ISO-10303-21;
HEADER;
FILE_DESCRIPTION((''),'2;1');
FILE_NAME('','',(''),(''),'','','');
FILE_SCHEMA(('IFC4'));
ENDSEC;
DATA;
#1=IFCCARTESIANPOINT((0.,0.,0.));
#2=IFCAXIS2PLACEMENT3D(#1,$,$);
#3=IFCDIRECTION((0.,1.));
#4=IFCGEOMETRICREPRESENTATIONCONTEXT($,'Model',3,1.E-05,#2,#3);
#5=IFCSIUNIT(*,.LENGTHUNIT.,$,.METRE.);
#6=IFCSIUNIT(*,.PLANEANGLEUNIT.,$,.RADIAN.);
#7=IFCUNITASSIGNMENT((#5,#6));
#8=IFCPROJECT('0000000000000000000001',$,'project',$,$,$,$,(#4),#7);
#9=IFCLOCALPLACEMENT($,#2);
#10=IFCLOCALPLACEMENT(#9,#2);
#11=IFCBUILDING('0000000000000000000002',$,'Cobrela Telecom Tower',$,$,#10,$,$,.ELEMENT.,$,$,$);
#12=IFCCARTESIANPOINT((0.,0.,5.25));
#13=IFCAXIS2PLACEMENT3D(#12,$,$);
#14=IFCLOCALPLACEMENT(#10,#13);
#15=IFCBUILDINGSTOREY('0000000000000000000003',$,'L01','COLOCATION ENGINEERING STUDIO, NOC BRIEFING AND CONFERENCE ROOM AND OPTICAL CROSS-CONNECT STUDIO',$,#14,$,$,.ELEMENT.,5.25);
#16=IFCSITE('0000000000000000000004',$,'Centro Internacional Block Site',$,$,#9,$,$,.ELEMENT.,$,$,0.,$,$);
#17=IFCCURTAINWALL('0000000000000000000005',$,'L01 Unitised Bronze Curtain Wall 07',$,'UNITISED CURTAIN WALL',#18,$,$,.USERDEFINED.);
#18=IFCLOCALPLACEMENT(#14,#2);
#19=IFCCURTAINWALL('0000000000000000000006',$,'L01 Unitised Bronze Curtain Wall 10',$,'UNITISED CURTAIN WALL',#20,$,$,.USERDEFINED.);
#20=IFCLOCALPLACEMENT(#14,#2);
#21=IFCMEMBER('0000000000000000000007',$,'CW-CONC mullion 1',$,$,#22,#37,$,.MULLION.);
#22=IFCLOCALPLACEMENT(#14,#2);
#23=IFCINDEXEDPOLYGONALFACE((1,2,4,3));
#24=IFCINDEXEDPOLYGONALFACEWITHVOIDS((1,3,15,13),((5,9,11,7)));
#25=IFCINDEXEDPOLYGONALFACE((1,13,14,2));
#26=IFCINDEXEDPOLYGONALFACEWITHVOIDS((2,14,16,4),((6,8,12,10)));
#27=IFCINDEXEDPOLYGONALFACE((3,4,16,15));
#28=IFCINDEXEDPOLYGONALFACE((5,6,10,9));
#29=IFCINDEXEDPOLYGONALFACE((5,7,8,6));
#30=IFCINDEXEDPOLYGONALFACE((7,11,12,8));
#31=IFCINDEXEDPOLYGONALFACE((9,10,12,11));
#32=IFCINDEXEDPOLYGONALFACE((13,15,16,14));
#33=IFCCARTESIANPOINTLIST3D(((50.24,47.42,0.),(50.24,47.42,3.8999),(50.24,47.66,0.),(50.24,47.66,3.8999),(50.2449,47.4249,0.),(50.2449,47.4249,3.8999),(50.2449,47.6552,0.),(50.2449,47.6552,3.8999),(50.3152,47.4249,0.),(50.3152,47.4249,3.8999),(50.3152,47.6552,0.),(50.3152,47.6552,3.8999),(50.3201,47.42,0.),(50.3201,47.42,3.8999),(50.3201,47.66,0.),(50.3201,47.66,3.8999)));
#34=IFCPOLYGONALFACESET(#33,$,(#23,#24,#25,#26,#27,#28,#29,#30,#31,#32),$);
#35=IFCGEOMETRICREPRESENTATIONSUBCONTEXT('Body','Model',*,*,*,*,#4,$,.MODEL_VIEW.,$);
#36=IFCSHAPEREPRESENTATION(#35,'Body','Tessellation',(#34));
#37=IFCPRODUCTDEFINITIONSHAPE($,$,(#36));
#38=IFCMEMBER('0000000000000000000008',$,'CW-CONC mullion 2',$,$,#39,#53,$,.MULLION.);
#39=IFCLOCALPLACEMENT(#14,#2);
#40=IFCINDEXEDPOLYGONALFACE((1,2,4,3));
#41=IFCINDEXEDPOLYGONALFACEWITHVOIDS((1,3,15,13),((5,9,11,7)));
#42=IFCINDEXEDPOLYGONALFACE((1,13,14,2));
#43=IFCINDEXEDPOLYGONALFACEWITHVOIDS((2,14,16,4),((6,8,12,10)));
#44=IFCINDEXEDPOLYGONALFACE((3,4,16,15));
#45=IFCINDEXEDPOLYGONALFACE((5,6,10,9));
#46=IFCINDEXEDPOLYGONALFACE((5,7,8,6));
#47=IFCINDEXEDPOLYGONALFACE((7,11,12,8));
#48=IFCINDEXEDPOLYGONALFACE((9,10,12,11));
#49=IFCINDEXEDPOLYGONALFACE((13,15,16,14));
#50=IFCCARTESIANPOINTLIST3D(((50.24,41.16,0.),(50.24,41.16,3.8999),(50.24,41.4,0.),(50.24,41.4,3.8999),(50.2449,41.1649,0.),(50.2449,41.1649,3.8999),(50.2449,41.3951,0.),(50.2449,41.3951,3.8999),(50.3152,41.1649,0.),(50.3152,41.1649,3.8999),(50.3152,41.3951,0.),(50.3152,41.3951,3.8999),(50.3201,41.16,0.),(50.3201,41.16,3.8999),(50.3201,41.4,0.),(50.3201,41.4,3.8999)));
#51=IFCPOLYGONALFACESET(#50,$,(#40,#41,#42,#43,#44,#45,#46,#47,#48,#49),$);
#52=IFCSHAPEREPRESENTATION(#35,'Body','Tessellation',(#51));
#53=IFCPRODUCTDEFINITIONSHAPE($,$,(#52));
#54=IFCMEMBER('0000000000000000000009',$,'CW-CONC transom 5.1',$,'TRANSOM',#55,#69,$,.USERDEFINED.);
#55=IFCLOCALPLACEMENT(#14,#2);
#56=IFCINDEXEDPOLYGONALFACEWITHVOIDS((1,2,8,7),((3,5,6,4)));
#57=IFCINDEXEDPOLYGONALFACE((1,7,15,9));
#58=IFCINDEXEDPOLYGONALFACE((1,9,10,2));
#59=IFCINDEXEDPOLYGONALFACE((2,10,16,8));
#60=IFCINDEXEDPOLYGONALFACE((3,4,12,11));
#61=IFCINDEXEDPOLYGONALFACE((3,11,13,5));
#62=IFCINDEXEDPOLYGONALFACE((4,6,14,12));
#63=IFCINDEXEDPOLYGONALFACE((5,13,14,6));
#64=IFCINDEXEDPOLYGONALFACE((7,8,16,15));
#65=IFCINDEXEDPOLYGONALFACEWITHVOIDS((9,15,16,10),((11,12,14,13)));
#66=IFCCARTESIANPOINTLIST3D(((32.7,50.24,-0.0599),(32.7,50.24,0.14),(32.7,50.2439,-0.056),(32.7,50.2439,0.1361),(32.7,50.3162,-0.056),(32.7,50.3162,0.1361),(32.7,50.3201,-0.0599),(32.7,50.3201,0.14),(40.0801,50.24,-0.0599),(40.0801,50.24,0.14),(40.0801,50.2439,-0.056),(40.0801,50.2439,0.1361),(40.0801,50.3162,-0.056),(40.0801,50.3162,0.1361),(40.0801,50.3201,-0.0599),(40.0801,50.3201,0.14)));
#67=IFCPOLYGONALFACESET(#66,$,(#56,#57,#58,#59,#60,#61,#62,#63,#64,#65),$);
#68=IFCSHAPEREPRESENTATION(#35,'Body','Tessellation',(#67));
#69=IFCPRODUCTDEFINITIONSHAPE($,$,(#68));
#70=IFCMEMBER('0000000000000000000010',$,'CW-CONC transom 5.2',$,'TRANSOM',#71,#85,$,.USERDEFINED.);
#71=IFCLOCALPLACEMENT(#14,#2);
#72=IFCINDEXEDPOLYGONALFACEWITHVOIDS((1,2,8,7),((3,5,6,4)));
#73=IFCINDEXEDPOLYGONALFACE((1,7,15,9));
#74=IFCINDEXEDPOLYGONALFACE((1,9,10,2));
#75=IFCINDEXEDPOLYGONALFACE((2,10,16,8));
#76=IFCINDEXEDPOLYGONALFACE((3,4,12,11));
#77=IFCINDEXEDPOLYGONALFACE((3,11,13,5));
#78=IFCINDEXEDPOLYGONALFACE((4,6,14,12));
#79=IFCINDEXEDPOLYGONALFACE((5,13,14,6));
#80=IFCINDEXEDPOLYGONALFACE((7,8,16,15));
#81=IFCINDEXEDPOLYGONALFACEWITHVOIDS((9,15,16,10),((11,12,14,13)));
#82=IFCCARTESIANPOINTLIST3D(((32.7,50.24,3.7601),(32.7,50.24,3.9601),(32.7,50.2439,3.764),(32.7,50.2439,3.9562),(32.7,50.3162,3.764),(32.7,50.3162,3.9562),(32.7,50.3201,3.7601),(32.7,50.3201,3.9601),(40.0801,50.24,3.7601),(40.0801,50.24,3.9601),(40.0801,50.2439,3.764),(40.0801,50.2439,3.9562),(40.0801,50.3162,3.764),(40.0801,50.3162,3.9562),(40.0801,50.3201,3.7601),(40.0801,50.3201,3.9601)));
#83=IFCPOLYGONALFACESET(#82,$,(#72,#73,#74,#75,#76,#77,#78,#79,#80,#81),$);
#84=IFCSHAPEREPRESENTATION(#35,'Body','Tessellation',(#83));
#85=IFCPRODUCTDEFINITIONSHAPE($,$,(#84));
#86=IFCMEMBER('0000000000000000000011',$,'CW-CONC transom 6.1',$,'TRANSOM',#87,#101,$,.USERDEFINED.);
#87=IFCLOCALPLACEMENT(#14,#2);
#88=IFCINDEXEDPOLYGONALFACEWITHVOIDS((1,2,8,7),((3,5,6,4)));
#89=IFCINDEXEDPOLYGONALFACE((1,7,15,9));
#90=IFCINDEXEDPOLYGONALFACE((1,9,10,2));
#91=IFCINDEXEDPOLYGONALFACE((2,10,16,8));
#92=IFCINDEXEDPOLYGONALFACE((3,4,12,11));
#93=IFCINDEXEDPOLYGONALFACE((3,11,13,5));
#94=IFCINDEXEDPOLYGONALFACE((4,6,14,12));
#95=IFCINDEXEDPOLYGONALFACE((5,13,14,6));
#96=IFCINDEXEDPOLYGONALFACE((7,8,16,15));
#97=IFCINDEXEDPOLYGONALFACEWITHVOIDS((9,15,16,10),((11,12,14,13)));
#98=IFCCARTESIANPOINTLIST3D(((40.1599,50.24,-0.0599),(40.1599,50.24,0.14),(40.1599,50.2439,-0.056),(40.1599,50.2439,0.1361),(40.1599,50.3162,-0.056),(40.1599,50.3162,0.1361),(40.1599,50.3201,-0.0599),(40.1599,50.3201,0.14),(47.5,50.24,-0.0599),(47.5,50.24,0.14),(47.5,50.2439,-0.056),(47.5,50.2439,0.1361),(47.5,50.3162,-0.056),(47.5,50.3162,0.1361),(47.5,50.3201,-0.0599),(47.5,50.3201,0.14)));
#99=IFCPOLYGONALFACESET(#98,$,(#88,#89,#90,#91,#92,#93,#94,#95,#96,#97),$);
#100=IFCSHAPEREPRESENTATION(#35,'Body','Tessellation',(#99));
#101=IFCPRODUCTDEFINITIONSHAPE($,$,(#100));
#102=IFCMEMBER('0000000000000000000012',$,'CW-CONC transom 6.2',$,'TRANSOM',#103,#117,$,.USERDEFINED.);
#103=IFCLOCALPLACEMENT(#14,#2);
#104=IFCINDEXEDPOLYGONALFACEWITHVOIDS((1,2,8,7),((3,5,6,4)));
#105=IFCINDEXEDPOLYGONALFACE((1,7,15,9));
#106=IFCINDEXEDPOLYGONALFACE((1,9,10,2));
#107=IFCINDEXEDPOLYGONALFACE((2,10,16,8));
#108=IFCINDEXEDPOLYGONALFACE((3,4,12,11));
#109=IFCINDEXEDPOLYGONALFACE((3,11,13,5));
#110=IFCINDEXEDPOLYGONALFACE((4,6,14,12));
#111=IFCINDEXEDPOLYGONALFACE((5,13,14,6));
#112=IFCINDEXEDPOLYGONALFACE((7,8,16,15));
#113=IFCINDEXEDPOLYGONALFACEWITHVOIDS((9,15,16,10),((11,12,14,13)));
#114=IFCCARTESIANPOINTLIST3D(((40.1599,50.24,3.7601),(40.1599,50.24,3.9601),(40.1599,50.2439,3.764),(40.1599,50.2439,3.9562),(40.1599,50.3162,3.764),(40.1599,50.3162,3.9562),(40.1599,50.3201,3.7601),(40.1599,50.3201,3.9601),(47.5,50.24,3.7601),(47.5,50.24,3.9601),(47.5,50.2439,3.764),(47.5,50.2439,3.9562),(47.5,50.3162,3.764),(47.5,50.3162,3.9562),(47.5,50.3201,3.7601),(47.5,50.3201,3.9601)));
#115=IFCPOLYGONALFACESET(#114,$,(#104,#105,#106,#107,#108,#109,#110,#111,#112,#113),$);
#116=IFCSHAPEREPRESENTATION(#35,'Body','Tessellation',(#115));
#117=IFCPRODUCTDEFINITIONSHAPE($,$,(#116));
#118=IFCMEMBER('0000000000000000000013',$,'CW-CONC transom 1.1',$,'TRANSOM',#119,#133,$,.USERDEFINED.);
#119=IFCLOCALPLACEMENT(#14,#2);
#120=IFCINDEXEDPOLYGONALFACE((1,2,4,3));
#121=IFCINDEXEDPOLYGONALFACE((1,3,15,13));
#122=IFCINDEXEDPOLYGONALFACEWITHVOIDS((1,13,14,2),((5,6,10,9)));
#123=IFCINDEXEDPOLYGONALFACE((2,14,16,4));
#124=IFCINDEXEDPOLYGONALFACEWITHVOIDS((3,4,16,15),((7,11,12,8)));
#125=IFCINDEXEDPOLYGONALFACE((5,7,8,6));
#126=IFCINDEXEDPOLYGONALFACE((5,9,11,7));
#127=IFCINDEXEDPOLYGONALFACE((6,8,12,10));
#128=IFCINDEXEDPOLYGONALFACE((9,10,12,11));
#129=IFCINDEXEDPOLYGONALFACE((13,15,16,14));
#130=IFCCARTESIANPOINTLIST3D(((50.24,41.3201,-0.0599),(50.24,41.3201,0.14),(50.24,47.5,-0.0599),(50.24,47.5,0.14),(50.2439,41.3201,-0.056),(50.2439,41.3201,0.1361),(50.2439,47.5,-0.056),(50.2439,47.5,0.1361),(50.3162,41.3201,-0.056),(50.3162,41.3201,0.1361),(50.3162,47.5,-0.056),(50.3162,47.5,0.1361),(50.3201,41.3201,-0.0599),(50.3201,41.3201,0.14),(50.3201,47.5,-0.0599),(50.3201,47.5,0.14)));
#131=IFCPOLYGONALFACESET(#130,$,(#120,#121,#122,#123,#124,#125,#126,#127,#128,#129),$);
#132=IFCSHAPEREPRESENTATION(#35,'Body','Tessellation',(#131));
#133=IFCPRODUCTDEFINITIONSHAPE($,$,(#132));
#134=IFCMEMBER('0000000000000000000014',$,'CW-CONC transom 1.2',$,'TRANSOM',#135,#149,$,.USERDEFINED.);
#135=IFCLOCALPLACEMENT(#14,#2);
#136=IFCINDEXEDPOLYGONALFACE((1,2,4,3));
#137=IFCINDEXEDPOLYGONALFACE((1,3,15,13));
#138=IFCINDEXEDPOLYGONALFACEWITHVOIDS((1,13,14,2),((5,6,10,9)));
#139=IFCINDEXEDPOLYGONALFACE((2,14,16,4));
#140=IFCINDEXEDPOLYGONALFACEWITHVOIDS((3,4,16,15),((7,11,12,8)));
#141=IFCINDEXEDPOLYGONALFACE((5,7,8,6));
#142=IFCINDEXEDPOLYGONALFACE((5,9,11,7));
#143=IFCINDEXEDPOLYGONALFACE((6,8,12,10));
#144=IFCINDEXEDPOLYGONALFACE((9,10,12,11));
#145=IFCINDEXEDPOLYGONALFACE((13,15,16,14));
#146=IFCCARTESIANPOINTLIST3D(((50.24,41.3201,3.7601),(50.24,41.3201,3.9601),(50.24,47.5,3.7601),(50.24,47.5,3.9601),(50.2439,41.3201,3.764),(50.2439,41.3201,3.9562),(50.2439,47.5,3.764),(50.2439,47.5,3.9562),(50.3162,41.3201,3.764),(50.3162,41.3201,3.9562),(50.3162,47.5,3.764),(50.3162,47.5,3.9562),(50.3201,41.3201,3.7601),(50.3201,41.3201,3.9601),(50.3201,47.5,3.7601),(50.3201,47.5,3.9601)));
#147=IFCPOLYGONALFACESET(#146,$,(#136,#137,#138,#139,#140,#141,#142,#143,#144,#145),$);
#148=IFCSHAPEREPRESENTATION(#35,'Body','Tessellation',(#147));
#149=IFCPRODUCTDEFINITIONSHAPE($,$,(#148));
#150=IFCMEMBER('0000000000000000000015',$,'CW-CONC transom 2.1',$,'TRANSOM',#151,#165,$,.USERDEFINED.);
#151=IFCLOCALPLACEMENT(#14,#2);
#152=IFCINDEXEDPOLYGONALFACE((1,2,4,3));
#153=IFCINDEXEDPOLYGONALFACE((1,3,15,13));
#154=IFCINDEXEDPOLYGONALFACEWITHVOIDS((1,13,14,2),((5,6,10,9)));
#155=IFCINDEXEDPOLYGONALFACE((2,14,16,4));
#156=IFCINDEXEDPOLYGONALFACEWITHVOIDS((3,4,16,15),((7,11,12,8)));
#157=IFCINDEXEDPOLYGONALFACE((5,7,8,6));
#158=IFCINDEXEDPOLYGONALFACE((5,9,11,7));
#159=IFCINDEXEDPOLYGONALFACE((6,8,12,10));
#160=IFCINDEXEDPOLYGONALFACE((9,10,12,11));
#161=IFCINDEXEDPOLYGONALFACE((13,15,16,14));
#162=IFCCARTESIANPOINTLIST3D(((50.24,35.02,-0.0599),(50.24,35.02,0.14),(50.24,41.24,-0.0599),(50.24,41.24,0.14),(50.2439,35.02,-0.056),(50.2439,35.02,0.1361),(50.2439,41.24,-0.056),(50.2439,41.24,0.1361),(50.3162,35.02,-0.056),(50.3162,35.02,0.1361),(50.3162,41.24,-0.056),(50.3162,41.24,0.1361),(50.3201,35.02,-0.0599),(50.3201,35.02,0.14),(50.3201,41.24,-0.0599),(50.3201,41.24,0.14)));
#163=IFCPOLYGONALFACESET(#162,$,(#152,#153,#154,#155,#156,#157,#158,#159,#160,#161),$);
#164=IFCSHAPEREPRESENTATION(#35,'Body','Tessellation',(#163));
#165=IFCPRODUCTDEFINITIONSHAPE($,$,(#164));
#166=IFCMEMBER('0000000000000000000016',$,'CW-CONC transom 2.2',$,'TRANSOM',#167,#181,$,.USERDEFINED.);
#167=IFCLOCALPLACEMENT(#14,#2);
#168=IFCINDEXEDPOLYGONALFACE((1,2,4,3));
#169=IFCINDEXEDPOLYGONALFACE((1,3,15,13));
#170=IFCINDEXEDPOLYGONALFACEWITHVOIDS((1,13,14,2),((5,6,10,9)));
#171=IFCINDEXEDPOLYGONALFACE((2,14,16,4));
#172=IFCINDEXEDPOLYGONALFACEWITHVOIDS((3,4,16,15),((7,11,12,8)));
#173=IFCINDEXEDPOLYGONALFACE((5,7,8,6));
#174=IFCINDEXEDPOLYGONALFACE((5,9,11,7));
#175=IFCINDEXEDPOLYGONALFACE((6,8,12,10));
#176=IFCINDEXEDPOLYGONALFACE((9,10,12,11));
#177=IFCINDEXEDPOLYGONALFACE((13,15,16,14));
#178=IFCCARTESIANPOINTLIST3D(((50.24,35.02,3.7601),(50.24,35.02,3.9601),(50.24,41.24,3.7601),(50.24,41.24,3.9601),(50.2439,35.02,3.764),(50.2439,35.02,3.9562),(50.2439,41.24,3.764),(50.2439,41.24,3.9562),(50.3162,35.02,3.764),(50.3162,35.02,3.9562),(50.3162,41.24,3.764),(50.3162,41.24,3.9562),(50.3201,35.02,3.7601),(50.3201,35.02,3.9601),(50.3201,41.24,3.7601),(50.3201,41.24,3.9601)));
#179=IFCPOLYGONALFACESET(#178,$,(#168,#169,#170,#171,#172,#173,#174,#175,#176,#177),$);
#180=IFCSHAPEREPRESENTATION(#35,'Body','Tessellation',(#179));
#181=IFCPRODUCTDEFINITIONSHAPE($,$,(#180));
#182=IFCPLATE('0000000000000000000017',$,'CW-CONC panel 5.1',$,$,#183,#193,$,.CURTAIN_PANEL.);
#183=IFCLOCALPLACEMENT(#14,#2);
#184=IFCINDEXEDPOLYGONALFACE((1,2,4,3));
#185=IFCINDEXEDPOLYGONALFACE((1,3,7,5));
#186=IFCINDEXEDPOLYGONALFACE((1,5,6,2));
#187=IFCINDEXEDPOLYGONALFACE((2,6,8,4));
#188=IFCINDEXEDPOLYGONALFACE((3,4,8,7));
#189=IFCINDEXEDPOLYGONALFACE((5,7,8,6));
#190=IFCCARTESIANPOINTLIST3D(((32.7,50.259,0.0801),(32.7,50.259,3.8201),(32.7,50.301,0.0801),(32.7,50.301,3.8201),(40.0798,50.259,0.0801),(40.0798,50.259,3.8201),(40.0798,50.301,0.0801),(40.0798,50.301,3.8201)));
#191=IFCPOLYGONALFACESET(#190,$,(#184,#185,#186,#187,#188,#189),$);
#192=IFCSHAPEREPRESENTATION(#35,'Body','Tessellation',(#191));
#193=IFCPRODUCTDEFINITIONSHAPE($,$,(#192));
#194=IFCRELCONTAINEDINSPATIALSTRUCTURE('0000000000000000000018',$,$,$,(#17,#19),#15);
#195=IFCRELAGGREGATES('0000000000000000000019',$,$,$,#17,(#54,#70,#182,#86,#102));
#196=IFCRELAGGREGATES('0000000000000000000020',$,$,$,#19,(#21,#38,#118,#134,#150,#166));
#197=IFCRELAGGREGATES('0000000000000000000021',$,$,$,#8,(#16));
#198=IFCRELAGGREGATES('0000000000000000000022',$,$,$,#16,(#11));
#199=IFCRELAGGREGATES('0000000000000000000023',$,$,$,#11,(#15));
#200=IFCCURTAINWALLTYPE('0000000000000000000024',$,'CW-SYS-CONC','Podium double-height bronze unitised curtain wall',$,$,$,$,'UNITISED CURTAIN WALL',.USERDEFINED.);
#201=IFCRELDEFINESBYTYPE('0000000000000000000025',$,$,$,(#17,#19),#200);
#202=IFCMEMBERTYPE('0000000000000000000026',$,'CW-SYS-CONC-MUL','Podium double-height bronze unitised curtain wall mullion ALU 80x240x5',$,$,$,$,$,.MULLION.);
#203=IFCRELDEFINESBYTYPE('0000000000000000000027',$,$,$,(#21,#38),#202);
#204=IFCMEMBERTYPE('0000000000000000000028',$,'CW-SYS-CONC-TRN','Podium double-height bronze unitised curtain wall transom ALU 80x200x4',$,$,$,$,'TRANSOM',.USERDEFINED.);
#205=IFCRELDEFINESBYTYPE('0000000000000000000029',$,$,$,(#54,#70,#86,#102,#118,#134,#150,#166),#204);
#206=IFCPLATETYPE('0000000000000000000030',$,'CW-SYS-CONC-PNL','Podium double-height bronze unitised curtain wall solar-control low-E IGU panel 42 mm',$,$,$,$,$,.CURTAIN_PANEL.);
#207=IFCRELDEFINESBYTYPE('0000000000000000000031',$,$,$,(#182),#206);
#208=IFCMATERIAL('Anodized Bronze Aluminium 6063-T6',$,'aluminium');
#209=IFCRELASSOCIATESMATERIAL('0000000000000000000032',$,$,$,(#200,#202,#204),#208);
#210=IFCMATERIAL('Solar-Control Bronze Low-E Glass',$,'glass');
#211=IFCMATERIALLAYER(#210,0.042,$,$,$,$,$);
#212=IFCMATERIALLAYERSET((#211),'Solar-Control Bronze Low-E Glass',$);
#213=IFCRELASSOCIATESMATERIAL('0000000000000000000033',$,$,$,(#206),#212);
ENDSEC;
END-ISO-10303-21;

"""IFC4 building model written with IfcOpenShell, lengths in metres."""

from ifc_helpers import new_model, si_unit, direction, frame, origin, origin_2d, place, context, subcontext, project, spatial, rectangle, hollow_rectangle, extrude, material, layer, layer_set, material_profile, profile_set, type_object, element, aggregate, save


model = new_model("IFC4")

# Units and contexts
model_context = context("Model", 3, precision=1e-05, world=origin(), true_north=direction((0.0, 1.0)))
body_context = subcontext(model_context, "Body", "Model", "MODEL_VIEW")
ifc_project = project(units=[si_unit("LENGTHUNIT", "METRE"), si_unit("PLANEANGLEUNIT", "RADIAN")], contexts=[model_context])

# Site, building, storey
site_placement = place(None, origin())
site = spatial("IfcSite", under=ifc_project, at=site_placement, Name="Centro Internacional Block Site", CompositionType="ELEMENT", RefElevation=0.0)
building_placement = place(site_placement, origin())
building = spatial("IfcBuilding", under=site, at=building_placement, Name="Cobrela Telecom Tower", CompositionType="ELEMENT")
storey_placement = place(building_placement, frame((0.0, 0.0, 5.25)))
storey = spatial("IfcBuildingStorey", under=building, at=storey_placement, Name="L01", Description="COLOCATION ENGINEERING STUDIO, NOC BRIEFING AND CONFERENCE ROOM AND OPTICAL CROSS-CONNECT STUDIO", CompositionType="ELEMENT", Elevation=5.25)

# Curtain walls, members
ifc_material_1 = material(Name="Anodized Bronze Aluminium 6063-T6", Category="aluminium")
curtain_wall_type = type_object("IfcCurtainWallType", Name="CW-SYS-CONC", Description="Podium double-height bronze unitised curtain wall", ElementType="UNITISED CURTAIN WALL", PredefinedType="USERDEFINED", material=ifc_material_1)
curtain_wall_1_placement = place(storey_placement, origin())
curtain_wall_1 = element("IfcCurtainWall", 1, at=curtain_wall_1_placement, inside=storey, type_object=curtain_wall_type, Name="L01 Unitised Bronze Curtain Wall 07", ObjectType="UNITISED CURTAIN WALL", PredefinedType="USERDEFINED")
ifc_material_profile_1 = material_profile(ifc_material_1, hollow_rectangle(XDim=0.0801, YDim=0.24, WallThickness=0.0049, at=origin_2d()), Name="ALU 80x240x5")
ifc_profile_set_1 = profile_set([ifc_material_profile_1], Name="Anodized Bronze Aluminium 6063-T6")
member_type_1 = type_object("IfcMemberType", Name="CW-SYS-CONC-MUL", Description="Podium double-height bronze unitised curtain wall mullion ALU 80x240x5", PredefinedType="MULLION", material=ifc_profile_set_1)
curtain_wall_2_placement = place(storey_placement, origin())
curtain_wall_2 = element("IfcCurtainWall", 2, at=curtain_wall_2_placement, inside=storey, type_object=curtain_wall_type, Name="L01 Unitised Bronze Curtain Wall 10", ObjectType="UNITISED CURTAIN WALL", PredefinedType="USERDEFINED")
member_1_placement = place(storey_placement, frame((50.28, 47.54, 0.0), z_axis=(0.0, 0.0, 1.0), x_axis=(1.0, 0.0, 0.0)))
member_1 = element("IfcMember", 3, at=member_1_placement, type_object=member_type_1, Name="CW-CONC mullion 1", PredefinedType="MULLION", context=body_context, shape_type="SweptSolid", body=[
    extrude(hollow_rectangle(XDim=0.0801, YDim=0.24, WallThickness=0.0049, at=origin_2d()), origin(), (0.0, 0.0, 1.0), 3.8999),
])
member_2_placement = place(storey_placement, frame((50.28, 41.28, 0.0), z_axis=(0.0, 0.0, 1.0), x_axis=(1.0, 0.0, 0.0)))
member_2 = element("IfcMember", 4, at=member_2_placement, type_object=member_type_1, Name="CW-CONC mullion 2", PredefinedType="MULLION", context=body_context, shape_type="SweptSolid", body=[
    extrude(hollow_rectangle(XDim=0.0801, YDim=0.24, WallThickness=0.0049, at=origin_2d()), origin(), (0.0, 0.0, 1.0), 3.8999),
])

# Members
ifc_material_profile_2 = material_profile(ifc_material_1, hollow_rectangle(XDim=0.0801, YDim=0.2, WallThickness=0.0039, at=origin_2d()), Name="ALU 80x200x4")
ifc_profile_set_2 = profile_set([ifc_material_profile_2], Name="Anodized Bronze Aluminium 6063-T6")
member_type_2 = type_object("IfcMemberType", Name="CW-SYS-CONC-TRN", Description="Podium double-height bronze unitised curtain wall transom ALU 80x200x4", ElementType="TRANSOM", PredefinedType="USERDEFINED", material=ifc_profile_set_2)
member_3_placement = place(storey_placement, frame((32.7, 50.28, 0.04), z_axis=(1.0, 0.0, 0.0), x_axis=(0.0, 1.0, 0.0)))
member_3 = element("IfcMember", 5, at=member_3_placement, type_object=member_type_2, Name="CW-CONC transom 5.1", ObjectType="TRANSOM", PredefinedType="USERDEFINED", context=body_context, shape_type="SweptSolid", body=[
    extrude(hollow_rectangle(XDim=0.0801, YDim=0.2, WallThickness=0.0039, at=origin_2d()), origin(), (0.0, 0.0, 1.0), 7.3801),
])
member_4_placement = place(storey_placement, frame((32.7, 50.28, 3.8601), z_axis=(1.0, 0.0, 0.0), x_axis=(0.0, 1.0, 0.0)))
member_4 = element("IfcMember", 6, at=member_4_placement, type_object=member_type_2, Name="CW-CONC transom 5.2", ObjectType="TRANSOM", PredefinedType="USERDEFINED", context=body_context, shape_type="SweptSolid", body=[
    extrude(hollow_rectangle(XDim=0.0801, YDim=0.2, WallThickness=0.0039, at=origin_2d()), origin(), (0.0, 0.0, 1.0), 7.3801),
])
member_5_placement = place(storey_placement, frame((40.1599, 50.28, 0.04), z_axis=(1.0, 0.0, 0.0), x_axis=(0.0, 1.0, 0.0)))
member_5 = element("IfcMember", 7, at=member_5_placement, type_object=member_type_2, Name="CW-CONC transom 6.1", ObjectType="TRANSOM", PredefinedType="USERDEFINED", context=body_context, shape_type="SweptSolid", body=[
    extrude(hollow_rectangle(XDim=0.0801, YDim=0.2, WallThickness=0.0039, at=origin_2d()), origin(), (0.0, 0.0, 1.0), 7.3401),
])
member_6_placement = place(storey_placement, frame((40.1599, 50.28, 3.8601), z_axis=(1.0, 0.0, 0.0), x_axis=(0.0, 1.0, 0.0)))
member_6 = element("IfcMember", 8, at=member_6_placement, type_object=member_type_2, Name="CW-CONC transom 6.2", ObjectType="TRANSOM", PredefinedType="USERDEFINED", context=body_context, shape_type="SweptSolid", body=[
    extrude(hollow_rectangle(XDim=0.0801, YDim=0.2, WallThickness=0.0039, at=origin_2d()), origin(), (0.0, 0.0, 1.0), 7.3401),
])
member_7_placement = place(storey_placement, frame((50.28, 47.5, 0.04), z_axis=(0.0, -1.0, 0.0), x_axis=(1.0, 0.0, 0.0)))
member_7 = element("IfcMember", 9, at=member_7_placement, type_object=member_type_2, Name="CW-CONC transom 1.1", ObjectType="TRANSOM", PredefinedType="USERDEFINED", context=body_context, shape_type="SweptSolid", body=[
    extrude(hollow_rectangle(XDim=0.0801, YDim=0.2, WallThickness=0.0039, at=origin_2d()), origin(), (0.0, 0.0, 1.0), 6.1799),
])
member_8_placement = place(storey_placement, frame((50.28, 47.5, 3.8601), z_axis=(0.0, -1.0, 0.0), x_axis=(1.0, 0.0, 0.0)))
member_8 = element("IfcMember", 10, at=member_8_placement, type_object=member_type_2, Name="CW-CONC transom 1.2", ObjectType="TRANSOM", PredefinedType="USERDEFINED", context=body_context, shape_type="SweptSolid", body=[
    extrude(hollow_rectangle(XDim=0.0801, YDim=0.2, WallThickness=0.0039, at=origin_2d()), origin(), (0.0, 0.0, 1.0), 6.1799),
])
member_9_placement = place(storey_placement, frame((50.28, 41.24, 0.04), z_axis=(0.0, -1.0, 0.0), x_axis=(1.0, 0.0, 0.0)))
member_9 = element("IfcMember", 11, at=member_9_placement, type_object=member_type_2, Name="CW-CONC transom 2.1", ObjectType="TRANSOM", PredefinedType="USERDEFINED", context=body_context, shape_type="SweptSolid", body=[
    extrude(hollow_rectangle(XDim=0.0801, YDim=0.2, WallThickness=0.0039, at=origin_2d()), origin(), (0.0, 0.0, 1.0), 6.22),
])
member_10_placement = place(storey_placement, frame((50.28, 41.24, 3.8601), z_axis=(0.0, -1.0, 0.0), x_axis=(1.0, 0.0, 0.0)))
member_10 = element("IfcMember", 12, at=member_10_placement, type_object=member_type_2, Name="CW-CONC transom 2.2", ObjectType="TRANSOM", PredefinedType="USERDEFINED", context=body_context, shape_type="SweptSolid", body=[
    extrude(hollow_rectangle(XDim=0.0801, YDim=0.2, WallThickness=0.0039, at=origin_2d()), origin(), (0.0, 0.0, 1.0), 6.22),
])

# Plate
ifc_material_2 = material(Name="Solar-Control Bronze Low-E Glass", Category="glass")
ifc_layer_1 = layer(ifc_material_2, 0.042)
ifc_layer_set_1 = layer_set([ifc_layer_1], Name="Solar-Control Bronze Low-E Glass")
plate_type = type_object("IfcPlateType", Name="CW-SYS-CONC-PNL", Description="Podium double-height bronze unitised curtain wall solar-control low-E IGU panel 42 mm", PredefinedType="CURTAIN_PANEL", material=ifc_layer_set_1)
plate_1_placement = place(storey_placement, frame((36.3899, 50.28, 0.0801), z_axis=(0.0, 0.0, 1.0), x_axis=(1.0, 0.0, 0.0)))
plate_1 = element("IfcPlate", 13, at=plate_1_placement, type_object=plate_type, Name="CW-CONC panel 5.1", PredefinedType="CURTAIN_PANEL", context=body_context, shape_type="SweptSolid", body=[
    extrude(rectangle(XDim=7.3799, YDim=0.042, at=origin_2d()), origin(), (0.0, 0.0, 1.0), 3.74),
])
aggregate(curtain_wall_1, [member_3, member_4, plate_1, member_5, member_6])
aggregate(curtain_wall_2, [member_1, member_2, member_7, member_8, member_9, member_10])

save(model, "model.ifc")
